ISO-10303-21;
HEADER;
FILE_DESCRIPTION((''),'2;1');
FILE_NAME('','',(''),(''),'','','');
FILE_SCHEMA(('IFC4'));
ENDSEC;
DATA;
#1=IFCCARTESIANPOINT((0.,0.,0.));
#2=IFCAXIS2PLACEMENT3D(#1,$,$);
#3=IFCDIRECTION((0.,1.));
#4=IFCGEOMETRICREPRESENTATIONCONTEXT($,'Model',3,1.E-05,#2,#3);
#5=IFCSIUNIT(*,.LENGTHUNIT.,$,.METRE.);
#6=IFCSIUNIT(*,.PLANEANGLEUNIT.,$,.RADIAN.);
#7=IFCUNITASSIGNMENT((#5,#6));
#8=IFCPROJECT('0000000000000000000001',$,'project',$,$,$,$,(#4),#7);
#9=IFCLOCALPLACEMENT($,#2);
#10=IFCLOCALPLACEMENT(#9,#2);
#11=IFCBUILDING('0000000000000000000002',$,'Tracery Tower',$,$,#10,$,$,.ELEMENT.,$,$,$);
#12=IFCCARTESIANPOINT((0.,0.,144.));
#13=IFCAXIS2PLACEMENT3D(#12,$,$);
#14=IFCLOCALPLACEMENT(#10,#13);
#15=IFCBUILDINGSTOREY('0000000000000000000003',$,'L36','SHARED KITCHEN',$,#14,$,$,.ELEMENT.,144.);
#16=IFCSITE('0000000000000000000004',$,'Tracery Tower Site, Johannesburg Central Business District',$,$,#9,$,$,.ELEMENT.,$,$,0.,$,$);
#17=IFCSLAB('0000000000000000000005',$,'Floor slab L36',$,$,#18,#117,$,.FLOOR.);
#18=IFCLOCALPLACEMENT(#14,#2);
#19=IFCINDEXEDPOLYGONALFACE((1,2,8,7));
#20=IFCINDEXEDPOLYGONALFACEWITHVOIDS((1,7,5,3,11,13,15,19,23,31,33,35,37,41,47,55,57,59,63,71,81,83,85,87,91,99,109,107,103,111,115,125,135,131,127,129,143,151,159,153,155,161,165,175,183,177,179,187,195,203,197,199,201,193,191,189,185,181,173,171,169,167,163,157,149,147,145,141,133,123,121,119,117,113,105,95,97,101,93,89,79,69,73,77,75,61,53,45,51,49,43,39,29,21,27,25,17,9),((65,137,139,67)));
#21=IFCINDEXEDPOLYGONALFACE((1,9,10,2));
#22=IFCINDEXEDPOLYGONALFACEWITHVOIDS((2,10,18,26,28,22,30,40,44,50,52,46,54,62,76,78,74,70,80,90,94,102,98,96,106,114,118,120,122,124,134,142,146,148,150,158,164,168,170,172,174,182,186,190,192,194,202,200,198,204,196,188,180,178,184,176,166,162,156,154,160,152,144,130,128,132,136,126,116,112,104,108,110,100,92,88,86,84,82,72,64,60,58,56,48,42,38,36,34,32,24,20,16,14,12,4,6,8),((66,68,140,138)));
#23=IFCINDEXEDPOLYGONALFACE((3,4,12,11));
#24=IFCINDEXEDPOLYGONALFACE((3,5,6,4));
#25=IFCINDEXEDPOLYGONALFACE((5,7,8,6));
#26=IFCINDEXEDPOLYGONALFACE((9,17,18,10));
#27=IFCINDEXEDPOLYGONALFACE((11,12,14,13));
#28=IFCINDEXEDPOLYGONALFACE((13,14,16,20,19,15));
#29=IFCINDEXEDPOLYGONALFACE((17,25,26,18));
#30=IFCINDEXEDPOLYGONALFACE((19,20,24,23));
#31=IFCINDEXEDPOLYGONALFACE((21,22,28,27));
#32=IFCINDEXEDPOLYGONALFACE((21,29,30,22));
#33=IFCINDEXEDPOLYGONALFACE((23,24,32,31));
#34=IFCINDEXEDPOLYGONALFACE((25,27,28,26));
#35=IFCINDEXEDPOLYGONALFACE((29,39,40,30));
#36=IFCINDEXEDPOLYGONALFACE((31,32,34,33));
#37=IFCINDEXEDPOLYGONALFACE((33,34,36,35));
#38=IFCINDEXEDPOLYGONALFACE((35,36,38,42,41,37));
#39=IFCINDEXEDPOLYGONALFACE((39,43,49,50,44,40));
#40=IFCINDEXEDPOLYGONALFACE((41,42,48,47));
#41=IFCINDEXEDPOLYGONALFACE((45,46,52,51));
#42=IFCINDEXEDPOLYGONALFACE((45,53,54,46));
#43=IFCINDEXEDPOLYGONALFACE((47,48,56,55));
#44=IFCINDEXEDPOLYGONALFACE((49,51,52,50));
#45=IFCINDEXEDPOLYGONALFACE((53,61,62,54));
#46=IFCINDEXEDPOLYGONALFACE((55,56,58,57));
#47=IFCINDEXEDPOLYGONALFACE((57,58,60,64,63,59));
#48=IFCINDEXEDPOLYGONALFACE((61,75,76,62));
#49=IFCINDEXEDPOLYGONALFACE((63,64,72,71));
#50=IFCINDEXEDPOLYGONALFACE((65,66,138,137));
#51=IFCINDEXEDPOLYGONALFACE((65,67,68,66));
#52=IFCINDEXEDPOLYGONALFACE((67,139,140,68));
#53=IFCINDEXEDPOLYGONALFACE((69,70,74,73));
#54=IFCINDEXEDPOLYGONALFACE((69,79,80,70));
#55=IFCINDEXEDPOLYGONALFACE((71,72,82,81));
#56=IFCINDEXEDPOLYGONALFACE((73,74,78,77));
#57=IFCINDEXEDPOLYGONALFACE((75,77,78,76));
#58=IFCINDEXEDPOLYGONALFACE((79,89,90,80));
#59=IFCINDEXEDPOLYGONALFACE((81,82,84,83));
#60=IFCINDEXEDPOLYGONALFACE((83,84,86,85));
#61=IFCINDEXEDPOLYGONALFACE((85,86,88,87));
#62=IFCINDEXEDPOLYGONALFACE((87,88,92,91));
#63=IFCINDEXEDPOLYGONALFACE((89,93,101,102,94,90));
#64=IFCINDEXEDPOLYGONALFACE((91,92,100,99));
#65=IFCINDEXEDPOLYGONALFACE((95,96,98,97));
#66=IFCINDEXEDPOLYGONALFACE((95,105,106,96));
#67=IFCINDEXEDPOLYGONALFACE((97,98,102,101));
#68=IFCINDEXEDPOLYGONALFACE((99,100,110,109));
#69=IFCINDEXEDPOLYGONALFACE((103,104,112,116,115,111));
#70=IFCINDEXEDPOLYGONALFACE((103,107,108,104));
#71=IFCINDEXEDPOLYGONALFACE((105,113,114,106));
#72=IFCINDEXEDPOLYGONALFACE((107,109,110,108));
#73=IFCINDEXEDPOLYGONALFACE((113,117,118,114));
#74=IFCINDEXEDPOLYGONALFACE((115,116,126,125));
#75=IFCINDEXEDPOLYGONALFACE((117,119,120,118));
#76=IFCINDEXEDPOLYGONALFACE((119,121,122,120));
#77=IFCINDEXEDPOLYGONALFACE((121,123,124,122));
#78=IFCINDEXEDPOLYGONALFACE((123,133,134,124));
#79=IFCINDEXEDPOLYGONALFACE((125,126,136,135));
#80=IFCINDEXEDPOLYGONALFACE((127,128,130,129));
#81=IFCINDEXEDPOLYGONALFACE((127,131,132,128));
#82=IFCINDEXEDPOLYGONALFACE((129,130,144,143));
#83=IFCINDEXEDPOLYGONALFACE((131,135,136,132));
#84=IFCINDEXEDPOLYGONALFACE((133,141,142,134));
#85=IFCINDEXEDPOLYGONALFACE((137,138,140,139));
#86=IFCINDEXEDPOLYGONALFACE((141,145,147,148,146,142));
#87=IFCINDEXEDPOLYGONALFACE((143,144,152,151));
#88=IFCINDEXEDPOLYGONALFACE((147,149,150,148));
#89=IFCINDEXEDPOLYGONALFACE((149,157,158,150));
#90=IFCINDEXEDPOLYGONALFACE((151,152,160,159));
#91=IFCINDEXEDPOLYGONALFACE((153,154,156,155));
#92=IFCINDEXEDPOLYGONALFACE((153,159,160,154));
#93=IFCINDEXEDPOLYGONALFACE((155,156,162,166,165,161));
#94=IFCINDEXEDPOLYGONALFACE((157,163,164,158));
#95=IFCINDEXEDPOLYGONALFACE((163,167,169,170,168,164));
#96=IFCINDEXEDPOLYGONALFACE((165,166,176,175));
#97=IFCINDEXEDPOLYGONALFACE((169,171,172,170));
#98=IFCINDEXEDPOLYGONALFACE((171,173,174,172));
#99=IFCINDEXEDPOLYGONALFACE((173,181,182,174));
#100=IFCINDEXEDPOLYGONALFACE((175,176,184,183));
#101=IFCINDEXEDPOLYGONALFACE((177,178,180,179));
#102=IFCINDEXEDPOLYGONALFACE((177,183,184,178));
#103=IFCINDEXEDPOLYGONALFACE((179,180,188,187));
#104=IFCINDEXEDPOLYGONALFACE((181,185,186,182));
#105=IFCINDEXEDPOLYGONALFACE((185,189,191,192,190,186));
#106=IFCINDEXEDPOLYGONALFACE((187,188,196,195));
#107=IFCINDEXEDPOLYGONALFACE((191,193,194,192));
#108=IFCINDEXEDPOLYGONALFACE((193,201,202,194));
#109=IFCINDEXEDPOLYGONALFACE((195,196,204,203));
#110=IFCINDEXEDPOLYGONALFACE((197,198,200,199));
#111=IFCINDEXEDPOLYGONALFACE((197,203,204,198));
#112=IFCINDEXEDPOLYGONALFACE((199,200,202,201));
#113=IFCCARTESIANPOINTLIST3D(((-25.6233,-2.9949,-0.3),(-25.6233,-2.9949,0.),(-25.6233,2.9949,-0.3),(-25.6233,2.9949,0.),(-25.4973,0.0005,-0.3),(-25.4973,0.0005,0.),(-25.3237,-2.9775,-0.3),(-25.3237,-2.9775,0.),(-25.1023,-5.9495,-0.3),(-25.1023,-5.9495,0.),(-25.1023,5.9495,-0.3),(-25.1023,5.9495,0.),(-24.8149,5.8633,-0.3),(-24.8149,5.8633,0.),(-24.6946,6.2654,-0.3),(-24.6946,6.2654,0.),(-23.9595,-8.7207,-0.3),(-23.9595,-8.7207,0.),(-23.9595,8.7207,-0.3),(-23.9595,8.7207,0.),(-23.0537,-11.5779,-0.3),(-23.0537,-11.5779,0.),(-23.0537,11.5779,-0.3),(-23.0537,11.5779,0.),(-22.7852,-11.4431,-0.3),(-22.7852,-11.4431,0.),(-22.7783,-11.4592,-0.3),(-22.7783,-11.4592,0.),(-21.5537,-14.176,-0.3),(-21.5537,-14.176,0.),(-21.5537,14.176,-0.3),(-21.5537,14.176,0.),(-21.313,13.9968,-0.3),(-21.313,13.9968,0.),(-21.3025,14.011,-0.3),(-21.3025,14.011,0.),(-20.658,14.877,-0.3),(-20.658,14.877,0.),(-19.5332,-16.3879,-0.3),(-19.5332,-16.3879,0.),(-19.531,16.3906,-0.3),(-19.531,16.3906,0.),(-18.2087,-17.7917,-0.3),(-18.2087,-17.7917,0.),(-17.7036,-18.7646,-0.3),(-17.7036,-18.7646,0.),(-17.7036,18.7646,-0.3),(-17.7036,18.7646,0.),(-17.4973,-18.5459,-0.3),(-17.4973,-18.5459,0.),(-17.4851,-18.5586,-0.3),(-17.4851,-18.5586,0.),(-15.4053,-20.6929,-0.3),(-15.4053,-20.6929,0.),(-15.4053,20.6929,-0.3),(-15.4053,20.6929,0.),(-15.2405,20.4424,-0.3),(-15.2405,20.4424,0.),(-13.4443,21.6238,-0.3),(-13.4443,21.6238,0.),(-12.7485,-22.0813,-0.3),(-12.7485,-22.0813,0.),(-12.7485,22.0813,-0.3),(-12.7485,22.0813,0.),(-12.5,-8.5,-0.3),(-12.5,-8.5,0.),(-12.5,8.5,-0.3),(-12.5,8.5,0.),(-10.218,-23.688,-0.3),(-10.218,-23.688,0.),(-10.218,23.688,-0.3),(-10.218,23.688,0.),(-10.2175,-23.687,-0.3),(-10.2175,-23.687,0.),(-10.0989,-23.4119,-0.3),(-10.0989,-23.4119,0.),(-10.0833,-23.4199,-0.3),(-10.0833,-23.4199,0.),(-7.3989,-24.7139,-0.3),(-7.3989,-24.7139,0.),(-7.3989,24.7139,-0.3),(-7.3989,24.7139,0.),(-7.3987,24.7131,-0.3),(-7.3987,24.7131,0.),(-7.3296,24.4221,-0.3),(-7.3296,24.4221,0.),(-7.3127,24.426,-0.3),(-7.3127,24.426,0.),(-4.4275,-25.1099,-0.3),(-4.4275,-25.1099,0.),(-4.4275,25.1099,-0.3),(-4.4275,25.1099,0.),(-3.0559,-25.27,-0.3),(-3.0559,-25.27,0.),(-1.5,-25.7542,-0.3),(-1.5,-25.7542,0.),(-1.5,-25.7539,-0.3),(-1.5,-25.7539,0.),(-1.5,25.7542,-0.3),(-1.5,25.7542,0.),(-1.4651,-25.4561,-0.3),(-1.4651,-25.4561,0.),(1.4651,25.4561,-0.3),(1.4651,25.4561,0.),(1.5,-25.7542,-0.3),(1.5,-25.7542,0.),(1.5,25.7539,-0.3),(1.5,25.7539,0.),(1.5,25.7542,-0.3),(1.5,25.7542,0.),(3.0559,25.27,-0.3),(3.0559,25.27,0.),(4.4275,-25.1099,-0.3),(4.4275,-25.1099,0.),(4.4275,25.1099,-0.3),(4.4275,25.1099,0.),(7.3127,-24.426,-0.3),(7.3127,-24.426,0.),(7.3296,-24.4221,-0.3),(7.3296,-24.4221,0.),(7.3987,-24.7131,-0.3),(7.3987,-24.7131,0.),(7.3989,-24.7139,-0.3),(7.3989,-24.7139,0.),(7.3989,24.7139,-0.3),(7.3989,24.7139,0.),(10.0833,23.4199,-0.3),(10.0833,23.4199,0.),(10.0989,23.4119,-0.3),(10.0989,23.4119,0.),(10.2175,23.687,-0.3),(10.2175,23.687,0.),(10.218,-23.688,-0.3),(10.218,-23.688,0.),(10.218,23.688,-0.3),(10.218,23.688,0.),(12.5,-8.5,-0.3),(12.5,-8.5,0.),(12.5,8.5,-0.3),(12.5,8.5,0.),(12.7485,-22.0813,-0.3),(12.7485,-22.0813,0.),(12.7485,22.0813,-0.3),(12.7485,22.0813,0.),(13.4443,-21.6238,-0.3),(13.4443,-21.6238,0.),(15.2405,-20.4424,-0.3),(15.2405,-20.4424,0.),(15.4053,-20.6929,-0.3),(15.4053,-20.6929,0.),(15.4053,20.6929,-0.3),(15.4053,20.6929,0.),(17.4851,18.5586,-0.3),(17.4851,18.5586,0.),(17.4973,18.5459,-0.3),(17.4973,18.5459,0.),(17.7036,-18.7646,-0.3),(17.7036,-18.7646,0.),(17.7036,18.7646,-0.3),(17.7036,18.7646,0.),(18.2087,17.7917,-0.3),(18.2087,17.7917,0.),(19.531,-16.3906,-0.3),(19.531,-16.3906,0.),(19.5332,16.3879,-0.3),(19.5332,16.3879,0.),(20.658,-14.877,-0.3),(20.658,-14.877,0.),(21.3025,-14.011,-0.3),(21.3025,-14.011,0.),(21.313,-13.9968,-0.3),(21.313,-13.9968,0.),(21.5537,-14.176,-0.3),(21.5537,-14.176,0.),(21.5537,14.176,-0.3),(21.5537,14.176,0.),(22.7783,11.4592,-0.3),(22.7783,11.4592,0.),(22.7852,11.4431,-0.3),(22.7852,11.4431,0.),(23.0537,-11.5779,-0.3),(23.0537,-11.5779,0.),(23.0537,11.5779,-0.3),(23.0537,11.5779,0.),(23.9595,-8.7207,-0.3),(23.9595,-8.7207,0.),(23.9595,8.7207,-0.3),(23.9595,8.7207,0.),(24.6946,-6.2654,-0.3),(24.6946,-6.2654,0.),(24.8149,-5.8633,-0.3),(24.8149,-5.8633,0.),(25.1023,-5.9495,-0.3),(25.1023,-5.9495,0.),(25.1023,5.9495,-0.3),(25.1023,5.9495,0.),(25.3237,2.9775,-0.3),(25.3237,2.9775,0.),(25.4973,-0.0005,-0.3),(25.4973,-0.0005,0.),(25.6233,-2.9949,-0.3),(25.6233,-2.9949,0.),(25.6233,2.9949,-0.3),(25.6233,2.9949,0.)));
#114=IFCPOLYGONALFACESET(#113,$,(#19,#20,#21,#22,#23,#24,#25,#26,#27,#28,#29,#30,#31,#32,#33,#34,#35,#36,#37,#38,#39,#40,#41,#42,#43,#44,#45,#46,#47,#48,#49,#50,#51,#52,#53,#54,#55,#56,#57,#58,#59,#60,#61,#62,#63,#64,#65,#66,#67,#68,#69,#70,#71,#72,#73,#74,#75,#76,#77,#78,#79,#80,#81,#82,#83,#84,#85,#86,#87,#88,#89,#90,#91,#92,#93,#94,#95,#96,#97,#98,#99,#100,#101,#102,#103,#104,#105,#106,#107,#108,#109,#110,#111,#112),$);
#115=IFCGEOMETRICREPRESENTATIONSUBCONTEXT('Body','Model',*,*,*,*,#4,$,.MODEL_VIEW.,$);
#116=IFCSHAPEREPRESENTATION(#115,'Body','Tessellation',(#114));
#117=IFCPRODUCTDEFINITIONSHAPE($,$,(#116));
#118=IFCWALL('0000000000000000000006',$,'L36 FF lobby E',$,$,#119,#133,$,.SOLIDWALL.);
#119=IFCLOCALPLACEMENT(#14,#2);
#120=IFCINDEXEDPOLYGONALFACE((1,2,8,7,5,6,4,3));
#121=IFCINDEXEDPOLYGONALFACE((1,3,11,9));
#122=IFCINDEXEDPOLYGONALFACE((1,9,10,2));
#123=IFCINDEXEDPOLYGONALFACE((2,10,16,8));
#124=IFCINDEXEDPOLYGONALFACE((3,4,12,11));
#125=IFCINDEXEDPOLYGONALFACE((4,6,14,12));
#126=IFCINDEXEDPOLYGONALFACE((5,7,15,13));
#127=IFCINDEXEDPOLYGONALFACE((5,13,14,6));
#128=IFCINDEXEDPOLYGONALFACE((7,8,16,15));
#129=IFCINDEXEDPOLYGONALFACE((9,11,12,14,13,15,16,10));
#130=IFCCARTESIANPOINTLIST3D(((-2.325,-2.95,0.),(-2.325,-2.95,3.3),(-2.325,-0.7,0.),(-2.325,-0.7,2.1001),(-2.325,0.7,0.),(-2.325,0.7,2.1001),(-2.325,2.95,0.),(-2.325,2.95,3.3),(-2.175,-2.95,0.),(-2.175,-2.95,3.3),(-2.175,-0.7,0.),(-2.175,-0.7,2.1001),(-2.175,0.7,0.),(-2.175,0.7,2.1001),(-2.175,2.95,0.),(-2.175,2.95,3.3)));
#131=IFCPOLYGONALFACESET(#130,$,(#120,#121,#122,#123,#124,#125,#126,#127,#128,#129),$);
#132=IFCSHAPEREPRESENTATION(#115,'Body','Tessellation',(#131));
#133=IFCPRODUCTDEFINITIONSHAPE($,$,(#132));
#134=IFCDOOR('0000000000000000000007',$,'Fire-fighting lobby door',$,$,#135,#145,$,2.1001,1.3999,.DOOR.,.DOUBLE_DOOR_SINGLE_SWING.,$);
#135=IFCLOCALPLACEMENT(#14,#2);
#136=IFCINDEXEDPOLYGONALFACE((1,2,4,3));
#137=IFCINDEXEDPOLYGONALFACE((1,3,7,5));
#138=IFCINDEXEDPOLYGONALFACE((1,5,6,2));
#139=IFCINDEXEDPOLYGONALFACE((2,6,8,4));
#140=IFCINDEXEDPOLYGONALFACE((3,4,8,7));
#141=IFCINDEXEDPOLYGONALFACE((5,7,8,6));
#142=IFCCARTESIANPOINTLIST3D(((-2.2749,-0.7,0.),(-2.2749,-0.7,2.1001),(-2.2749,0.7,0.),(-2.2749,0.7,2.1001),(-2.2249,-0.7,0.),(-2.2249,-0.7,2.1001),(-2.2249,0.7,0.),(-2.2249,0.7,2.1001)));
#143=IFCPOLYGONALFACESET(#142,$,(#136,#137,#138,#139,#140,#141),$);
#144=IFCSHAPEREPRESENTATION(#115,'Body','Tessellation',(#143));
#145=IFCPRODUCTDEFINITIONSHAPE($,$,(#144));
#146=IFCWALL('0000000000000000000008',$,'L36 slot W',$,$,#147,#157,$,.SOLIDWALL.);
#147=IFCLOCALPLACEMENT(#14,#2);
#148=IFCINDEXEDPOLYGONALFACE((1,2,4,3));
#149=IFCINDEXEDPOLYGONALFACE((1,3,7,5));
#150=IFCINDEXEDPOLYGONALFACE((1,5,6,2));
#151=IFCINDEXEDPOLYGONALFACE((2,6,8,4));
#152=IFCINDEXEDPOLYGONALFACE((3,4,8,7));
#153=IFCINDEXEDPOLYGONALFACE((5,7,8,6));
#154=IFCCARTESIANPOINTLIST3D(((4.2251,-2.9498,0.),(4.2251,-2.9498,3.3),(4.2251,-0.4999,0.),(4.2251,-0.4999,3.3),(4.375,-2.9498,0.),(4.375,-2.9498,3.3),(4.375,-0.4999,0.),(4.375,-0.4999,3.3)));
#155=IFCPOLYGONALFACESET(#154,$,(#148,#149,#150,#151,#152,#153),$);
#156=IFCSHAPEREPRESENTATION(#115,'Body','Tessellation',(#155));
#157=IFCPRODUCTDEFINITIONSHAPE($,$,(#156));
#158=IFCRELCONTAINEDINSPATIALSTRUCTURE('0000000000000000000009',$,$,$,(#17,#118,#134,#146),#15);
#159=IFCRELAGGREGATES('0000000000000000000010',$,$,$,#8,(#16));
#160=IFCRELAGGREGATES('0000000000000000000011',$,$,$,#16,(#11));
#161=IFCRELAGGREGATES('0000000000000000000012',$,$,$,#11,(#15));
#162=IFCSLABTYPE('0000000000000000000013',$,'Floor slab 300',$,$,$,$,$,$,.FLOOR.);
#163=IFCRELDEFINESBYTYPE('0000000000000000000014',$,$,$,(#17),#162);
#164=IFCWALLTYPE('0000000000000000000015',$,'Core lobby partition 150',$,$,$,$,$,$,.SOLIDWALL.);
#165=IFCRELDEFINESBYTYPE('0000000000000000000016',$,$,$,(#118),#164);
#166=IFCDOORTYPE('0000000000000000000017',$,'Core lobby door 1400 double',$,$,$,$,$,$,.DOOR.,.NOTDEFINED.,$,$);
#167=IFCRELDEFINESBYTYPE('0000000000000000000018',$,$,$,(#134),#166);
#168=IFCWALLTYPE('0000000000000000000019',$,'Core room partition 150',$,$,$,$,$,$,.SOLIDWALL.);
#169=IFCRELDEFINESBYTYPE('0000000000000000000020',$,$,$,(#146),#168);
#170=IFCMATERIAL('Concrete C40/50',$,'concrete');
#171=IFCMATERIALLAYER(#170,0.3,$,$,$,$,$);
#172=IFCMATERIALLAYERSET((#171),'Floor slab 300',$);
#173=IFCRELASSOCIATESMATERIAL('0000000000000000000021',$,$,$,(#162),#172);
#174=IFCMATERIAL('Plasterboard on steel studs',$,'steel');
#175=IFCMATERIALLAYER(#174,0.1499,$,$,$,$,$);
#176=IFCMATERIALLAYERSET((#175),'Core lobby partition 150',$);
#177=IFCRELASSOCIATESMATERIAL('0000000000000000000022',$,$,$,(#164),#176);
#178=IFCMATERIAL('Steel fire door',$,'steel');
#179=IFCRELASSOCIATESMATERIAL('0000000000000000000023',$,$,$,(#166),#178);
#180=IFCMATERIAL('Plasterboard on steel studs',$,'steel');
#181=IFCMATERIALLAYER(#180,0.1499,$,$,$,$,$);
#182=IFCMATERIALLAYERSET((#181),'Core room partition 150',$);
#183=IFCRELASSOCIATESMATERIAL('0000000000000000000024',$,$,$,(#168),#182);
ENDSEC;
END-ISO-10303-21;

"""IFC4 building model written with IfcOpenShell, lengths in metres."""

from ifc_helpers import new_model, si_unit, direction, frame, frame_2d, origin, place, context, subcontext, project, spatial, polyline, rectangle, outline, extrude, material, layer, layer_set, type_object, element, fill, save


model = new_model("IFC4")

# Units and contexts
model_context = context("Model", 3, precision=1e-05, world=origin(), true_north=direction((0.0, 1.0)))
body_context = subcontext(model_context, "Body", "Model", "MODEL_VIEW")
ifc_project = project(units=[si_unit("LENGTHUNIT", "METRE"), si_unit("PLANEANGLEUNIT", "RADIAN")], contexts=[model_context])

# Site, building, storey
site_placement = place(None, origin())
site = spatial("IfcSite", under=ifc_project, at=site_placement, Name="Tracery Tower Site, Johannesburg Central Business District", CompositionType="ELEMENT", RefElevation=0.0)
building_placement = place(site_placement, origin())
building = spatial("IfcBuilding", under=site, at=building_placement, Name="Tracery Tower", CompositionType="ELEMENT")
storey_placement = place(building_placement, frame((0.0, 0.0, 144.0)))
storey = spatial("IfcBuildingStorey", under=building, at=storey_placement, Name="L36", Description="SHARED KITCHEN", CompositionType="ELEMENT", Elevation=144.0)

# Slab
ifc_material_1 = material(Name="Concrete C40/50", Category="concrete")
ifc_layer_1 = layer(ifc_material_1, 0.3)
ifc_layer_set_1 = layer_set([ifc_layer_1], Name="Floor slab 300")
slab_type = type_object("IfcSlabType", Name="Floor slab 300", PredefinedType="FLOOR", material=ifc_layer_set_1)
slab_placement = place(storey_placement, frame((0.0, 0.0, -0.3)))
element("IfcSlab", 1, at=slab_placement, inside=storey, type_object=slab_type, Name="Floor slab L36", PredefinedType="FLOOR", context=body_context, shape_type="SweptSolid", body=[
    extrude(outline(polyline([(22.7852, 11.4431), (22.7783, 11.4592), (23.0537, 11.5779), (21.5537, 14.176), (19.5332, 16.3879), (18.2087, 17.7917), (17.4973, 18.5459), (17.4973, 18.5459), (17.4851, 18.5586), (17.7036, 18.7646), (15.4053, 20.6929), (12.7485, 22.0813), (10.0989, 23.4119), (10.0989, 23.4119), (10.0833, 23.4199), (10.2175, 23.687), (10.218, 23.688), (7.3989, 24.7139), (4.4275, 25.1099), (3.0559, 25.27), (1.4651, 25.4561), (1.5, 25.7539), (1.5, 25.7542), (-1.5, 25.7542), (-4.4275, 25.1099), (-7.3127, 24.426), (-7.3127, 24.426), (-7.3296, 24.4221), (-7.3987, 24.7131), (-7.3989, 24.7139), (-10.218, 23.688), (-12.7485, 22.0813), (-13.4443, 21.6238), (-15.2405, 20.4424), (-15.4053, 20.6929), (-15.4053, 20.6929), (-17.7036, 18.7646), (-19.531, 16.3906), (-20.658, 14.877), (-21.3025, 14.011), (-21.3025, 14.011), (-21.313, 13.9968), (-21.5537, 14.176), (-23.0537, 11.5779), (-23.9595, 8.7207), (-24.6946, 6.2654), (-24.8149, 5.8633), (-25.1023, 5.9495), (-25.6233, 2.9949), (-25.4973, 0.0005), (-25.3237, -2.9775), (-25.6233, -2.9949), (-25.1023, -5.9495), (-23.9595, -8.7207), (-22.7852, -11.4431), (-22.7852, -11.4431), (-22.7783, -11.4592), (-23.0537, -11.5779), (-21.5537, -14.176), (-19.5332, -16.3879), (-18.2087, -17.7917), (-17.4973, -18.5459), (-17.4973, -18.5459), (-17.4851, -18.5586), (-17.7036, -18.7646), (-15.4053, -20.6929), (-12.7485, -22.0813), (-10.0989, -23.4119), (-10.0989, -23.4119), (-10.0833, -23.4199), (-10.2175, -23.687), (-10.218, -23.688), (-7.3989, -24.7139), (-4.4275, -25.1099), (-3.0559, -25.27), (-1.4651, -25.4561), (-1.5, -25.7539), (-1.5, -25.7542), (1.5, -25.7542), (4.4275, -25.1099), (7.3127, -24.426), (7.3127, -24.426), (7.3296, -24.4221), (7.3987, -24.7131), (7.3989, -24.7139), (10.218, -23.688), (12.7485, -22.0813), (13.4443, -21.6238), (15.2405, -20.4424), (15.4053, -20.6929), (15.4053, -20.6929), (17.7036, -18.7646), (19.531, -16.3906), (20.658, -14.877), (21.3025, -14.011), (21.3025, -14.011), (21.313, -13.9968), (21.5537, -14.176), (23.0537, -11.5779), (23.9595, -8.7207), (24.6946, -6.2654), (24.8149, -5.8633), (25.1023, -5.9495), (25.6233, -2.9949), (25.4973, -0.0005), (25.3237, 2.9775), (25.6233, 2.9949), (25.1023, 5.9495), (23.9595, 8.7207), (22.7852, 11.4431), (22.7852, 11.4431)]), holes=[polyline([(-12.5, -8.5), (12.5, -8.5), (12.5, 8.5), (-12.5, 8.5), (-12.5, -8.5)])]), origin(), (0.0, 0.0, 1.0), 0.3),
])

# Wall, opening, door
ifc_material_2 = material(Name="Plasterboard on steel studs", Category="steel")
ifc_layer_2 = layer(ifc_material_2, 0.1499)
ifc_layer_set_2 = layer_set([ifc_layer_2], Name="Core lobby partition 150")
wall_type_1 = type_object("IfcWallType", Name="Core lobby partition 150", PredefinedType="SOLIDWALL", material=ifc_layer_set_2)
wall_1_placement = place(storey_placement, frame((-2.25, -2.95, 0.0), z_axis=(0.0, 0.0, 1.0), x_axis=(0.0, 1.0, 0.0)))
wall_1 = element("IfcWall", 2, at=wall_1_placement, inside=storey, type_object=wall_type_1, Name="L36 FF lobby E", PredefinedType="SOLIDWALL", context=body_context, shape_type="SweptSolid", body=[
    extrude(rectangle(XDim=5.8999, YDim=0.1499, at=frame_2d((2.95, 0.0))), origin(), (0.0, 0.0, 1.0), 3.3),
])
opening_1_placement = place(wall_1_placement, frame((2.25, 0.0, 0.0)))
opening_1 = element("IfcOpeningElement", 3, at=opening_1_placement, cuts=wall_1, PredefinedType="OPENING", context=body_context, shape_type="SweptSolid", body=[
    extrude(rectangle(XDim=1.3999, YDim=2.1001, at=frame_2d((0.7, 1.05))), frame((0.0, 0.075, 0.0), z_axis=(0.0, -1.0, 0.0), x_axis=(1.0, 0.0, 0.0)), (0.0, 0.0, 1.0), 0.1499),
])
ifc_material_3 = material(Name="Steel fire door", Category="steel")
door_type_1 = type_object("IfcDoorType", Name="Core lobby door 1400 double", OperationType="NOTDEFINED", PredefinedType="DOOR", material=ifc_material_3)
door_1_placement = place(opening_1_placement, origin())
door_1 = element("IfcDoor", 4, at=door_1_placement, inside=storey, type_object=door_type_1, Name="Fire-fighting lobby door", OperationType="DOUBLE_DOOR_SINGLE_SWING", OverallHeight=2.1001, OverallWidth=1.3999, PredefinedType="DOOR", context=body_context, shape_type="SweptSolid", body=[
    extrude(rectangle(XDim=1.3999, YDim=2.1001, at=frame_2d((0.7, 1.05))), frame((0.0, 0.0249, 0.0), z_axis=(0.0, -1.0, 0.0), x_axis=(1.0, 0.0, 0.0)), (0.0, 0.0, 1.0), 0.05),
])
fill(opening_1, door_1)

# Wall
ifc_material_4 = material(Name="Plasterboard on steel studs", Category="steel")
ifc_layer_3 = layer(ifc_material_4, 0.1499)
ifc_layer_set_3 = layer_set([ifc_layer_3], Name="Core room partition 150")
wall_type_2 = type_object("IfcWallType", Name="Core room partition 150", PredefinedType="SOLIDWALL", material=ifc_layer_set_3)
wall_2_placement = place(storey_placement, frame((4.3, -2.95, 0.0), z_axis=(0.0, 0.0, 1.0), x_axis=(0.0, 1.0, 0.0)))
element("IfcWall", 5, at=wall_2_placement, inside=storey, type_object=wall_type_2, Name="L36 slot W", PredefinedType="SOLIDWALL", context=body_context, shape_type="SweptSolid", body=[
    extrude(rectangle(XDim=2.45, YDim=0.1499, at=frame_2d((1.2251, 0.0))), origin(), (0.0, 0.0, 1.0), 3.3),
])

save(model, "model.ifc")
